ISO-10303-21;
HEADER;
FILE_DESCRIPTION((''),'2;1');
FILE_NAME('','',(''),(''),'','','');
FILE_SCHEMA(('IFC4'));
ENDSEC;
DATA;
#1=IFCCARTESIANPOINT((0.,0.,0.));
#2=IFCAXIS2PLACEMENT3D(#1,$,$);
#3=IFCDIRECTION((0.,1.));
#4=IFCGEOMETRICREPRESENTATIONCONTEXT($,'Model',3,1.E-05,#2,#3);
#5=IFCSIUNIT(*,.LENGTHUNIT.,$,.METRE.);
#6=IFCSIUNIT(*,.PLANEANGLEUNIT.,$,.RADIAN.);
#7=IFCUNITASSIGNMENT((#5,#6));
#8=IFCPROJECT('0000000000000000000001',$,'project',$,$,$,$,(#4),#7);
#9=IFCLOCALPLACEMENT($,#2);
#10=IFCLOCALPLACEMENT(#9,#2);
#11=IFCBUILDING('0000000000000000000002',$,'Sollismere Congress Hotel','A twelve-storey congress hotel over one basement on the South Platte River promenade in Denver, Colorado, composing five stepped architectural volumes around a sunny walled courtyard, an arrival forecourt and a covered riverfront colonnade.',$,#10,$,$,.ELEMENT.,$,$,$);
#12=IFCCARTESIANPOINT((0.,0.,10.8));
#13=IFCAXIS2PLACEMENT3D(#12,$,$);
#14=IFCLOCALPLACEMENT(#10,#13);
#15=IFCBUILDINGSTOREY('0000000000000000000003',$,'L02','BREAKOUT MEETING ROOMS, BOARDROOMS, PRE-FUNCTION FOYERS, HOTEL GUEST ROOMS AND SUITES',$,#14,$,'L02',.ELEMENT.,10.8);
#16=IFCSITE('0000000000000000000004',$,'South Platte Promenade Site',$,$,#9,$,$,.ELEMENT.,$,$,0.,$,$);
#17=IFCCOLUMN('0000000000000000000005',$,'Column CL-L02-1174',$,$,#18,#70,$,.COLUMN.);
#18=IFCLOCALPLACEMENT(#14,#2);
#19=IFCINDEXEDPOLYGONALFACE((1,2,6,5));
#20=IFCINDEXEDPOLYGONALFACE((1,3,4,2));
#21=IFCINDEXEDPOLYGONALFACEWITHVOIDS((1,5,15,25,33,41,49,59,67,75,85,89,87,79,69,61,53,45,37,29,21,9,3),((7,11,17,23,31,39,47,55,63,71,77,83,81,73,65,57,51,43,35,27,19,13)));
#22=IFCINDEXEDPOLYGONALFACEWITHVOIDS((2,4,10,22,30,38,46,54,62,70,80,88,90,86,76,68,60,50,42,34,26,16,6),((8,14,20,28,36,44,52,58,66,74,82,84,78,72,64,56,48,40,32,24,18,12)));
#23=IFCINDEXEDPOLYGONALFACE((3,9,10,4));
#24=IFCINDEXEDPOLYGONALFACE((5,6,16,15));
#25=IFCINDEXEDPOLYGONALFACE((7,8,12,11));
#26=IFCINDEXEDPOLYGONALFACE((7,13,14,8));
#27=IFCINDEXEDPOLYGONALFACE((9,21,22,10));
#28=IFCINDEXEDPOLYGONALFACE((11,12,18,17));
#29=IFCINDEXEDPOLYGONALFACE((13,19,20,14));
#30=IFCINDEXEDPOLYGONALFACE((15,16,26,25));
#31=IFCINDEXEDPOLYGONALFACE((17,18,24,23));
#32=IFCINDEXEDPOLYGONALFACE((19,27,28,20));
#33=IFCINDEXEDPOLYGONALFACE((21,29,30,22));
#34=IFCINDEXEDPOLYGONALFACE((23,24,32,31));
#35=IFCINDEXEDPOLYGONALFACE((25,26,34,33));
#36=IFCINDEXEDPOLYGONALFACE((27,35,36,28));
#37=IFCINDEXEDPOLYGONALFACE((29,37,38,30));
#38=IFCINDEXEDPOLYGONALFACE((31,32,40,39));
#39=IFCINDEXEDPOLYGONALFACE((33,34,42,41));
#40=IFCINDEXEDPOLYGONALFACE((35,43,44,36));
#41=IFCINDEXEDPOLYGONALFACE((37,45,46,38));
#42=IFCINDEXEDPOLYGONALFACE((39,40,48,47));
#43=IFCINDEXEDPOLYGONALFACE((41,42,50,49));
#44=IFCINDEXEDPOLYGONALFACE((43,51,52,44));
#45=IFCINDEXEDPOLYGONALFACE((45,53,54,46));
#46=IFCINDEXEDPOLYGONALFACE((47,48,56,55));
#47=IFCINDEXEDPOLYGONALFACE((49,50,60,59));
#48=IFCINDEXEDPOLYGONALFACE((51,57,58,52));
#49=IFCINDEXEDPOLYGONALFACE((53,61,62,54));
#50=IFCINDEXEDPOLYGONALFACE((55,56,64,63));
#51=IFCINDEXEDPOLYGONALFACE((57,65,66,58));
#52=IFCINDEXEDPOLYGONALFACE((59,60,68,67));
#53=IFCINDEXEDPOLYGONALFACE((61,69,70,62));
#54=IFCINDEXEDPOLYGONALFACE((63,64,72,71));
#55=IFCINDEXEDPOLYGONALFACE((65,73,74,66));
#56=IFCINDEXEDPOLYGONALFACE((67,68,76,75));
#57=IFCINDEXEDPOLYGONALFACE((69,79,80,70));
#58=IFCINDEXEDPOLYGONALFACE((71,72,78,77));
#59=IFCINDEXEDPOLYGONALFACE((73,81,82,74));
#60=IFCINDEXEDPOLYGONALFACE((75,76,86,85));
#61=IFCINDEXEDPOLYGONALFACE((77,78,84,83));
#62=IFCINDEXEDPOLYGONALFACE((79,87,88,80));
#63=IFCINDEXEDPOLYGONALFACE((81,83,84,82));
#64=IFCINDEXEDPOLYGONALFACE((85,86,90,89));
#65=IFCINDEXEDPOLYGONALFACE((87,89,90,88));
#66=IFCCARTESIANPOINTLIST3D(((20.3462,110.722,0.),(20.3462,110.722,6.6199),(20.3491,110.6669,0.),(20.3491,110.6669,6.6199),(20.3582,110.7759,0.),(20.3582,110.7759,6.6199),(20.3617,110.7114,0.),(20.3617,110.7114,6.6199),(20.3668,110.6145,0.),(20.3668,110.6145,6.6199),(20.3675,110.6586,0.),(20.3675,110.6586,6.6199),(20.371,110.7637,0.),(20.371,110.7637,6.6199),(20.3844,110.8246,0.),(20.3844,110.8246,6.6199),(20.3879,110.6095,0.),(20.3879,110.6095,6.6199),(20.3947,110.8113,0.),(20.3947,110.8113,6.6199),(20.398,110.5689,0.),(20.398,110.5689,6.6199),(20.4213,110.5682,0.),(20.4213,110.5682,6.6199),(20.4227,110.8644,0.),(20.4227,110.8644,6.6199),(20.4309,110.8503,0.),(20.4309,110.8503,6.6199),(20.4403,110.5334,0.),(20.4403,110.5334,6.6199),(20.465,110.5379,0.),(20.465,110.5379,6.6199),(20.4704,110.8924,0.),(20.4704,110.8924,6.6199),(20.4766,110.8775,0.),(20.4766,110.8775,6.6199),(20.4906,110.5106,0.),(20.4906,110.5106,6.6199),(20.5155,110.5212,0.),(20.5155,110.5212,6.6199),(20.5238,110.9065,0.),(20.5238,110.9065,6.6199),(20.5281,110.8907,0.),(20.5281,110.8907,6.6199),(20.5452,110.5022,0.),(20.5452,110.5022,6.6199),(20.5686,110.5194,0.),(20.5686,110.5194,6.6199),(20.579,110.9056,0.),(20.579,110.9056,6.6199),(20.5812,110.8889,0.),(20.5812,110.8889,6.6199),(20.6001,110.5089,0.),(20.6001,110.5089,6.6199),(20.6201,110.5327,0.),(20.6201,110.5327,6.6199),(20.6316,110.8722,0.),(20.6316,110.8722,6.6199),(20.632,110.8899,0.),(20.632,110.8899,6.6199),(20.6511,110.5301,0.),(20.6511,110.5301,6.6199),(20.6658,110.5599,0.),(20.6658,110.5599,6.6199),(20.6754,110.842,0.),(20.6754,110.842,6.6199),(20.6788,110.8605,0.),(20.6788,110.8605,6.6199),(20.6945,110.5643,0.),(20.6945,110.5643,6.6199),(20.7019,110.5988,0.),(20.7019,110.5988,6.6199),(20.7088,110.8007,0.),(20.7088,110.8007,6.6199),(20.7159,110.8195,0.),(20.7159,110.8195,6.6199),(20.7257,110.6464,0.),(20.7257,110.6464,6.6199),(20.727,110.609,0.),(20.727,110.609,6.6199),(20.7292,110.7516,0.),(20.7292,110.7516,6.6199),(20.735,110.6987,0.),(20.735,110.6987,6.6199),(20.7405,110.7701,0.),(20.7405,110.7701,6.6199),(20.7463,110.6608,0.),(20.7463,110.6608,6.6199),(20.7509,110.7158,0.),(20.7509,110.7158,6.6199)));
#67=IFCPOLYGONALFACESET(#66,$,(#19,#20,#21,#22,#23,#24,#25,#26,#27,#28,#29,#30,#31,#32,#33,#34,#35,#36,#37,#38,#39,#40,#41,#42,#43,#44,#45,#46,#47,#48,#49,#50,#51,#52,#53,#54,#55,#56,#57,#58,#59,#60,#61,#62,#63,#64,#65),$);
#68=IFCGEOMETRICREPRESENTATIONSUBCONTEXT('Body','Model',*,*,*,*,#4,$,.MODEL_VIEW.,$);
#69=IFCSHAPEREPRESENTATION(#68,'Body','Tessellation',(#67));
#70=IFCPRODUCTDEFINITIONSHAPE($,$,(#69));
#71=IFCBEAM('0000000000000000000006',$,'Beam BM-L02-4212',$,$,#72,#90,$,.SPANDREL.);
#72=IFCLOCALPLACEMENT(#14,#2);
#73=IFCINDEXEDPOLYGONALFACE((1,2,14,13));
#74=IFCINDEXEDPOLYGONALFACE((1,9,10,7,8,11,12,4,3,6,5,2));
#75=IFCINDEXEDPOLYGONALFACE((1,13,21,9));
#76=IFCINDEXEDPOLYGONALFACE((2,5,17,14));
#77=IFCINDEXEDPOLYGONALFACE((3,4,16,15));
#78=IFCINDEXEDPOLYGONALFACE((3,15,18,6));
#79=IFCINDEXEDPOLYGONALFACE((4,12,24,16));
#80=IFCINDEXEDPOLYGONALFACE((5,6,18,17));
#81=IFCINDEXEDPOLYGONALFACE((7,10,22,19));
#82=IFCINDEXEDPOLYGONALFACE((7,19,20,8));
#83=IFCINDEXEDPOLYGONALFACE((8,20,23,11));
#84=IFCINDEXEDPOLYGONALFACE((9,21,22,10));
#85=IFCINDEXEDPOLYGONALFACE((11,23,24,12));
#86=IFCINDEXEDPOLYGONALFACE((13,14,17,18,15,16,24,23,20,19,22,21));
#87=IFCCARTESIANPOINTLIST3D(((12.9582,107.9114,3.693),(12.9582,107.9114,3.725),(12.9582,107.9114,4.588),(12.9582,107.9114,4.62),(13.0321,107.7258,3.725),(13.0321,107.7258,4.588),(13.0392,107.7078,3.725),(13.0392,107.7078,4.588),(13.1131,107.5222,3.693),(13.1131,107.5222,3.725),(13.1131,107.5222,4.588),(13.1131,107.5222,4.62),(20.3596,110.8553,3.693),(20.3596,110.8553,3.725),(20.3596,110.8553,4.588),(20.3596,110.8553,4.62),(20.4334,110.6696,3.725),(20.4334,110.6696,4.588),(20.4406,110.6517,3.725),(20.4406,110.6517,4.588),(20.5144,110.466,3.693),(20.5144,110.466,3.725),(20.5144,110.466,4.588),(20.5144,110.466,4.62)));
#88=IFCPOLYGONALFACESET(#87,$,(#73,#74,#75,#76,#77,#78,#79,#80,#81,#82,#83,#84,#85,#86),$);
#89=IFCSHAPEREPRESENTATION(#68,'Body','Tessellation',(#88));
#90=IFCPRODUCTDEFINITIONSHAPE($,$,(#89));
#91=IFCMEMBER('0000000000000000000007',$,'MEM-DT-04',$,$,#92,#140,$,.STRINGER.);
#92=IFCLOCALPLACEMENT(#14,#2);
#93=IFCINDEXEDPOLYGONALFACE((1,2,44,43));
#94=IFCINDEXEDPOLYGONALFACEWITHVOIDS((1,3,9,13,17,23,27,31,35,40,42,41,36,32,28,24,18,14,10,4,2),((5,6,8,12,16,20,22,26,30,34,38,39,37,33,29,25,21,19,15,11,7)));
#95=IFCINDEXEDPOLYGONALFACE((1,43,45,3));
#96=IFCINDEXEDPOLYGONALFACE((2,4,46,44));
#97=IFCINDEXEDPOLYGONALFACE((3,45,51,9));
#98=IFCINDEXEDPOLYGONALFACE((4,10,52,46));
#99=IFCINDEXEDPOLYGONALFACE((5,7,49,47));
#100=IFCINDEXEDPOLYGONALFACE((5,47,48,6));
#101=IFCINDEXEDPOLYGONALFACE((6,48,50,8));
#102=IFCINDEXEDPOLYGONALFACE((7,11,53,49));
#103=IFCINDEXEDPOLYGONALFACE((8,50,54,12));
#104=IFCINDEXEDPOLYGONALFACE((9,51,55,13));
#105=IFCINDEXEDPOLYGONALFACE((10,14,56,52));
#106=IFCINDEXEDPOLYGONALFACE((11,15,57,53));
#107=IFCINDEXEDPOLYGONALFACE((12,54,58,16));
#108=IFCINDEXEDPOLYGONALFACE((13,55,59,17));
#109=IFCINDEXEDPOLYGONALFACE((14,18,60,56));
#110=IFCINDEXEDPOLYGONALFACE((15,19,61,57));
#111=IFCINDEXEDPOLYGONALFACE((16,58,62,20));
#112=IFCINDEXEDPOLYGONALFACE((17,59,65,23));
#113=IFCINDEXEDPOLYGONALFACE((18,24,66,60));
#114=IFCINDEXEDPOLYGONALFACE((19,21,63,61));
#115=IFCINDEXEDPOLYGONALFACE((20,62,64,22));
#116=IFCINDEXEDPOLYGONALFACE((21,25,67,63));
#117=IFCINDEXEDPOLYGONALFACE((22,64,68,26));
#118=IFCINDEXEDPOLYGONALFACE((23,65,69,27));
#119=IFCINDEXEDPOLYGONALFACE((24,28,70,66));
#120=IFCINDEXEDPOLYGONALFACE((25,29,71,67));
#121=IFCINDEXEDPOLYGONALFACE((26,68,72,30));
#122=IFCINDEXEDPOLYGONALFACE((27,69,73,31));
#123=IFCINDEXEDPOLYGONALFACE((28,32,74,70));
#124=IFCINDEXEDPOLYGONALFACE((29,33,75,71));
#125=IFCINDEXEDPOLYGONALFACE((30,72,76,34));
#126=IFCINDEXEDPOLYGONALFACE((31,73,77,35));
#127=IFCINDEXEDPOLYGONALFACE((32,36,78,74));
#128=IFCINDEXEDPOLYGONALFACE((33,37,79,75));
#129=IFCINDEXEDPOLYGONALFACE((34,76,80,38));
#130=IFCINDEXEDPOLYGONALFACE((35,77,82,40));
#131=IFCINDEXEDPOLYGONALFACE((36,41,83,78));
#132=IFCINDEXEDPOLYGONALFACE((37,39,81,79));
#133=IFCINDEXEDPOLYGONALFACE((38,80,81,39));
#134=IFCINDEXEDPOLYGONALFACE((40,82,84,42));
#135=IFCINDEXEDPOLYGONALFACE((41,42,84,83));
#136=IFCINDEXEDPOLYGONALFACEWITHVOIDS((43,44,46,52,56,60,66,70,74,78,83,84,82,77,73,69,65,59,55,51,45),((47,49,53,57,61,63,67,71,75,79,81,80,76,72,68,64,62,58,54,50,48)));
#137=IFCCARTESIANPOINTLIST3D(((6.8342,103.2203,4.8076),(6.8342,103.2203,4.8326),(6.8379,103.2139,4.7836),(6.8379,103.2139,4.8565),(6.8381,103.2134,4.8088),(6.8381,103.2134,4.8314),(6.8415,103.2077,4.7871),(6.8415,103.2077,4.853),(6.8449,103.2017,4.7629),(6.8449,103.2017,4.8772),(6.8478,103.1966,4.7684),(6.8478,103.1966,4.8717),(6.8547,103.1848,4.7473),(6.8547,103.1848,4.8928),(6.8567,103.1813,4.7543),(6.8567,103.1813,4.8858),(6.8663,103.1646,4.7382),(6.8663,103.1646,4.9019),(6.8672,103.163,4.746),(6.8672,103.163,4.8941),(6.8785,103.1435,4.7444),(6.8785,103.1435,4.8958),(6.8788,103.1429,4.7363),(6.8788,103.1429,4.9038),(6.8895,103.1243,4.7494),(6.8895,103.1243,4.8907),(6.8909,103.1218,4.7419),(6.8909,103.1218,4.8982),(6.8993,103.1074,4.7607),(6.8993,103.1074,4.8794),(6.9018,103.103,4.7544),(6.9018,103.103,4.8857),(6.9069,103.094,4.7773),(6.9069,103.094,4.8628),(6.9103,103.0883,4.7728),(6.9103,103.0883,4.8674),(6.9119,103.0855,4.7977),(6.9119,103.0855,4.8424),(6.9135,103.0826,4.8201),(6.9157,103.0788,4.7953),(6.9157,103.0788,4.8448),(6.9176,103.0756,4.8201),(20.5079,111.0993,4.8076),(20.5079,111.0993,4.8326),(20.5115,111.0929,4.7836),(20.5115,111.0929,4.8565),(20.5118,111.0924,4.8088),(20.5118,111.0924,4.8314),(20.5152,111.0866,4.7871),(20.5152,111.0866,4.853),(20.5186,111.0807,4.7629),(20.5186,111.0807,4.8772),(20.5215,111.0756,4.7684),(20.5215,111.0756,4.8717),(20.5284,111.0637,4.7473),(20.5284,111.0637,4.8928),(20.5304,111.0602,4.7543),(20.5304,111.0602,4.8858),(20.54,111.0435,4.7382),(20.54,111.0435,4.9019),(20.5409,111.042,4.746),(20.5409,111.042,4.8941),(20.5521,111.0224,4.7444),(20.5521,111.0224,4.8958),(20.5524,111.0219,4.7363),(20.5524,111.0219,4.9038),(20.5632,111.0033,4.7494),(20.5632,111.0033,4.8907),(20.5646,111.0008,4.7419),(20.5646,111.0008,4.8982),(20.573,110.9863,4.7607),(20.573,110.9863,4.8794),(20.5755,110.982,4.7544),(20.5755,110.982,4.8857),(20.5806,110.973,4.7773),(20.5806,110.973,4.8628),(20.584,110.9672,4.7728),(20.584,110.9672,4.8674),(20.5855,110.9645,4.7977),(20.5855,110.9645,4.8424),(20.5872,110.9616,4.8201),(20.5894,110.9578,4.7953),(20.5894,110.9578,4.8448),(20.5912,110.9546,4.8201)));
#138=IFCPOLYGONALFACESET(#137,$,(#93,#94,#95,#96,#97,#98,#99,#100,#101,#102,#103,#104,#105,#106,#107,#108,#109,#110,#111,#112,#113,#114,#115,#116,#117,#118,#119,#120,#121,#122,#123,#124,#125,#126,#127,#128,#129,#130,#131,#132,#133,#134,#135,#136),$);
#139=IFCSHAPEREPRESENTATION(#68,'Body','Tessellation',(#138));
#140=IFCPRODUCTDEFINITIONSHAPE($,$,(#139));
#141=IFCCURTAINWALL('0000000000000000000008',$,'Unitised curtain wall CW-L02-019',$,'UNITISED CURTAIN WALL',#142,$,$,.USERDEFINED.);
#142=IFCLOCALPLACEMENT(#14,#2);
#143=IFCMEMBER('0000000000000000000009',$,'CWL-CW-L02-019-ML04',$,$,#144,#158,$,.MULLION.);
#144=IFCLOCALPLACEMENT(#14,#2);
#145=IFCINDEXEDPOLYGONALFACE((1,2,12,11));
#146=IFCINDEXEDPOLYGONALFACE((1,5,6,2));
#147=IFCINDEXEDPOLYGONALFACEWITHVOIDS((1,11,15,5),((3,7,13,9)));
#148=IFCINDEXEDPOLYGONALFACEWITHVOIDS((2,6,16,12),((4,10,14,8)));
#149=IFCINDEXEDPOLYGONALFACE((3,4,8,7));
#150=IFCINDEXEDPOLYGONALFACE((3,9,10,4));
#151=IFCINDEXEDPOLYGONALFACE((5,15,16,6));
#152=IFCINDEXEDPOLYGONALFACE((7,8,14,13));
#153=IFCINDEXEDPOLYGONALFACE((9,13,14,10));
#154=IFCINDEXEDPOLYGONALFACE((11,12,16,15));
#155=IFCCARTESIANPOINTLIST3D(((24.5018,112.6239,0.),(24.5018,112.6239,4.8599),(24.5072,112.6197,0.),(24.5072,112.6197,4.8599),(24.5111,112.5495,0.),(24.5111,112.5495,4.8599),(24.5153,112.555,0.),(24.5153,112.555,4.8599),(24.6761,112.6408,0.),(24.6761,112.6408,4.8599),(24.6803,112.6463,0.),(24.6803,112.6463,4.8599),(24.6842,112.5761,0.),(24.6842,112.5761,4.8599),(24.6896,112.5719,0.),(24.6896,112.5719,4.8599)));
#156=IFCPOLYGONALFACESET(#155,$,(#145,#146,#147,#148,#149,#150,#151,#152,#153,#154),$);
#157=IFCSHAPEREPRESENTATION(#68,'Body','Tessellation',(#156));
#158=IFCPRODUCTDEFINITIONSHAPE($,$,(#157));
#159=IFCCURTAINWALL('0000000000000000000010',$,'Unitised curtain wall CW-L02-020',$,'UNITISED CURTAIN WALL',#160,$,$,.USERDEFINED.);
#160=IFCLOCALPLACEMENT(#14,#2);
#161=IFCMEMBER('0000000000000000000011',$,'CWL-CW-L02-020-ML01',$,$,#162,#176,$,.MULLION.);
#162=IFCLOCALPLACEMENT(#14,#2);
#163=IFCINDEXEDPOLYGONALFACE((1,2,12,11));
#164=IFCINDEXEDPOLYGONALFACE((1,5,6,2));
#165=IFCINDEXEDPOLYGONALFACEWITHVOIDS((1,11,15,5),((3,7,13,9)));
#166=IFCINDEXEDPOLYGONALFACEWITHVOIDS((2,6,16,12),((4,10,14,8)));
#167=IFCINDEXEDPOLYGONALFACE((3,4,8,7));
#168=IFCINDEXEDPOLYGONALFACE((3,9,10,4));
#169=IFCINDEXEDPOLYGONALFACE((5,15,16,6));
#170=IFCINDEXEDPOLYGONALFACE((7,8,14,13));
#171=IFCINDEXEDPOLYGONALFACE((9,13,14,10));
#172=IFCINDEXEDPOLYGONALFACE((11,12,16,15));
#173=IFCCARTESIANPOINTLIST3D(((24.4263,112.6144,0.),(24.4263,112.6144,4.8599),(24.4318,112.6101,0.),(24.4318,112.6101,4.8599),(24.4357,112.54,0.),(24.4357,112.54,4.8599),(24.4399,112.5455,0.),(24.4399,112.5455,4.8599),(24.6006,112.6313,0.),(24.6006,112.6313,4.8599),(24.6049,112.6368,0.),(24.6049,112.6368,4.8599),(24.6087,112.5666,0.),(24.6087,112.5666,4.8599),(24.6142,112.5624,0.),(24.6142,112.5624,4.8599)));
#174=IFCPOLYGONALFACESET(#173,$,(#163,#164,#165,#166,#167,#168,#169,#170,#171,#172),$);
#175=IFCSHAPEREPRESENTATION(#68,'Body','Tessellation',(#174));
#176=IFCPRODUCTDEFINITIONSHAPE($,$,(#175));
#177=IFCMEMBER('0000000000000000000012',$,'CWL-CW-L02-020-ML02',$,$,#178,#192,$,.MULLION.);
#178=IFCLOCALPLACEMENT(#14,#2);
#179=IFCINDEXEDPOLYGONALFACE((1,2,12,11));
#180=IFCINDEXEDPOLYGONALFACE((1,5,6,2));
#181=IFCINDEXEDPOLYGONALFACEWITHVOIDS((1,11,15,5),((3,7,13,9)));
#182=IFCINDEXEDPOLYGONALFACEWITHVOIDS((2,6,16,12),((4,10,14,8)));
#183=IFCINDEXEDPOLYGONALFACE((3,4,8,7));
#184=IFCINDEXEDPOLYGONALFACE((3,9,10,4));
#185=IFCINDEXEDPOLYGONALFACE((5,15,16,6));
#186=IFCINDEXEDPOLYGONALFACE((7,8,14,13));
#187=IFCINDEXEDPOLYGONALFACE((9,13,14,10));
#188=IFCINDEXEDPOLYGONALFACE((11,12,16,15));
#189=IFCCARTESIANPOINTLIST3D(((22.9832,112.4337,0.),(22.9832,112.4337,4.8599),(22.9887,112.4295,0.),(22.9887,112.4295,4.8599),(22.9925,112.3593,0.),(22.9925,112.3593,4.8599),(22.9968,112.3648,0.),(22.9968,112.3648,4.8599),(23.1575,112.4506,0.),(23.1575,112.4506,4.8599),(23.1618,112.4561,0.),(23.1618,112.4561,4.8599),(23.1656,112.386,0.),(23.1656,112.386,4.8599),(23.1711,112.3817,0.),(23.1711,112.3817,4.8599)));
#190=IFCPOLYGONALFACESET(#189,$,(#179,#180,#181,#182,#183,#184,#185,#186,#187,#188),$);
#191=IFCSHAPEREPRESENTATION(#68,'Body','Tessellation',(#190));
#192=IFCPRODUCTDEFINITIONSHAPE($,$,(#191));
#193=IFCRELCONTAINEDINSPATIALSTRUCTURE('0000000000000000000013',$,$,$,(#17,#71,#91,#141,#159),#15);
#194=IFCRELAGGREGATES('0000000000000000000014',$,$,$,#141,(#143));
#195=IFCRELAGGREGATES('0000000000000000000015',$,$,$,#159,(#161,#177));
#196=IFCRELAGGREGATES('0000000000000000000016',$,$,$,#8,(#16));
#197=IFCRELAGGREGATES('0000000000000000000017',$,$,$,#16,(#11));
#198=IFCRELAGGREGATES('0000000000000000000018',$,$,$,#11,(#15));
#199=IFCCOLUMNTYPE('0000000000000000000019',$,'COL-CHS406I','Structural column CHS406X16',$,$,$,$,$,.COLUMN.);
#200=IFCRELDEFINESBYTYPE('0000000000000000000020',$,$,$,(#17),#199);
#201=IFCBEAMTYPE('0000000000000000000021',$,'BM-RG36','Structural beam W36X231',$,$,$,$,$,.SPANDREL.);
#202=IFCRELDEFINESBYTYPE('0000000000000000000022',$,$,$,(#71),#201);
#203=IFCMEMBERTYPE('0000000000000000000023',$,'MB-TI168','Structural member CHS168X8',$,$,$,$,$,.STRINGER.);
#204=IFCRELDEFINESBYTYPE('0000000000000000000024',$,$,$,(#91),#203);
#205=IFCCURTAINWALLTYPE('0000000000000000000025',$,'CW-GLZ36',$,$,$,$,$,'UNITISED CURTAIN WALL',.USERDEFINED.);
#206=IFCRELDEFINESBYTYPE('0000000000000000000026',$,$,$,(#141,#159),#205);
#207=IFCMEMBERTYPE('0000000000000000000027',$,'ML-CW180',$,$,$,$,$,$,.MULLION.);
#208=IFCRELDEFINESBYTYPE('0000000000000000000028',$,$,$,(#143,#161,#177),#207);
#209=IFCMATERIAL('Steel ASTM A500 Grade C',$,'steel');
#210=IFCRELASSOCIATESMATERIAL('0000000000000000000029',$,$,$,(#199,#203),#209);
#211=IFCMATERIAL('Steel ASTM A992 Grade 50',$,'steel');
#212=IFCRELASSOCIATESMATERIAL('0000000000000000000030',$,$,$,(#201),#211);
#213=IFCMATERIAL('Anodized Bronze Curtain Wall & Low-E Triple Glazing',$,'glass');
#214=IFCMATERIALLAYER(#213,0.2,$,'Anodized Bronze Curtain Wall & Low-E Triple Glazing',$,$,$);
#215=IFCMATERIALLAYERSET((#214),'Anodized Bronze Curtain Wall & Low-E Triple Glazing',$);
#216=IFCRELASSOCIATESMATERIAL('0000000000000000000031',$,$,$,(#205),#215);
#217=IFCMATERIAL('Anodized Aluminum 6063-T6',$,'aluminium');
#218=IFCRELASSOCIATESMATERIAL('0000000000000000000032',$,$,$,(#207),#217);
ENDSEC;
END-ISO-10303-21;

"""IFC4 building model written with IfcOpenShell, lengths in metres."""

from ifc_helpers import new_model, si_unit, direction, frame, origin, origin_2d, place, context, subcontext, project, spatial, hollow_rectangle, hollow_circle, i_section, extrude, material, layer, layer_set, material_profile, profile_set, type_object, element, aggregate, save


model = new_model("IFC4")

# Units and contexts
model_context = context("Model", 3, precision=1e-05, world=origin(), true_north=direction((0.0, 1.0)))
body_context = subcontext(model_context, "Body", "Model", "MODEL_VIEW")
ifc_project = project(units=[si_unit("LENGTHUNIT", "METRE"), si_unit("PLANEANGLEUNIT", "RADIAN")], contexts=[model_context])

# Site, building, storey
site_placement = place(None, origin())
site = spatial("IfcSite", under=ifc_project, at=site_placement, Name="South Platte Promenade Site", CompositionType="ELEMENT", RefElevation=0.0)
building_placement = place(site_placement, origin())
building = spatial("IfcBuilding", under=site, at=building_placement, Name="Sollismere Congress Hotel", Description="A twelve-storey congress hotel over one basement on the South Platte River promenade in Denver, Colorado, composing five stepped architectural volumes around a sunny walled courtyard, an arrival forecourt and a covered riverfront colonnade.", CompositionType="ELEMENT")
storey_placement = place(building_placement, frame((0.0, 0.0, 10.8)))
storey = spatial("IfcBuildingStorey", under=building, at=storey_placement, Name="L02", Description="BREAKOUT MEETING ROOMS, BOARDROOMS, PRE-FUNCTION FOYERS, HOTEL GUEST ROOMS AND SUITES", LongName="L02", CompositionType="ELEMENT", Elevation=10.8)

# Column
ifc_material_1 = material(Name="Steel ASTM A500 Grade C", Category="steel")
ifc_material_profile_1 = material_profile(ifc_material_1, hollow_circle(Radius=0.2029, WallThickness=0.0161, at=origin_2d()), Name="CHS406X16")
ifc_profile_set_1 = profile_set([ifc_material_profile_1], Name="Steel ASTM A500 Grade C")
column_type = type_object("IfcColumnType", Name="COL-CHS406I", Description="Structural column CHS406X16", PredefinedType="COLUMN", material=ifc_profile_set_1)
column_placement = place(storey_placement, frame((20.5483, 110.7051, 0.0), z_axis=(0.0, 0.0, 1.0), x_axis=(-0.384295, 0.92321, 0.0)))
element("IfcColumn", 1, at=column_placement, inside=storey, type_object=column_type, Name="Column CL-L02-1174", PredefinedType="COLUMN", context=body_context, shape_type="SweptSolid", body=[
    extrude(hollow_circle(Radius=0.2029, WallThickness=0.0161, at=origin_2d()), origin(), (0.0, 0.0, 1.0), 6.6199),
])

# Beam
ifc_material_2 = material(Name="Steel ASTM A992 Grade 50", Category="steel")
ifc_material_profile_2 = material_profile(ifc_material_2, i_section(OverallWidth=0.4189, OverallDepth=0.927, WebThickness=0.0193, FlangeThickness=0.032, at=origin_2d()), Name="W36X231")
ifc_profile_set_2 = profile_set([ifc_material_profile_2], Name="Steel ASTM A992 Grade 50")
beam_type = type_object("IfcBeamType", Name="BM-RG36", Description="Structural beam W36X231", PredefinedType="SPANDREL", material=ifc_profile_set_2)
beam_placement = place(storey_placement, frame((20.437, 110.6606, 4.1565), z_axis=(-0.929198, -0.369583, 0.0), x_axis=(0.369583, -0.929198, 0.0)))
element("IfcBeam", 2, at=beam_placement, inside=storey, type_object=beam_type, Name="Beam BM-L02-4212", PredefinedType="SPANDREL", context=body_context, shape_type="SweptSolid", body=[
    extrude(i_section(OverallWidth=0.4189, OverallDepth=0.927, WebThickness=0.0193, FlangeThickness=0.032, at=origin_2d()), origin(), (0.0, 0.0, 1.0), 7.9653),
])

# Member
ifc_material_profile_3 = material_profile(ifc_material_1, hollow_circle(Radius=0.084, WallThickness=0.0081, at=origin_2d()), Name="CHS168X8")
ifc_profile_set_3 = profile_set([ifc_material_profile_3], Name="Steel ASTM A500 Grade C")
member_type_1 = type_object("IfcMemberType", Name="MB-TI168", Description="Structural member CHS168X8", PredefinedType="STRINGER", material=ifc_profile_set_3)
member_1_placement = place(storey_placement, frame((20.5493, 111.0273, 4.8201), z_axis=(-0.866452, -0.499261, 0.0), x_axis=(0.499261, -0.866452, 0.0)))
element("IfcMember", 3, at=member_1_placement, inside=storey, type_object=member_type_1, Name="MEM-DT-04", PredefinedType="STRINGER", context=body_context, shape_type="SweptSolid", body=[
    extrude(hollow_circle(Radius=0.084, WallThickness=0.0081, at=origin_2d()), origin(), (0.0, 0.0, 1.0), 15.7812),
])

# Curtain wall, member
ifc_material_3 = material(Name="Anodized Bronze Curtain Wall & Low-E Triple Glazing", Category="glass")
ifc_layer_1 = layer(ifc_material_3, 0.2, Name="Anodized Bronze Curtain Wall & Low-E Triple Glazing")
ifc_layer_set_1 = layer_set([ifc_layer_1], Name="Anodized Bronze Curtain Wall & Low-E Triple Glazing")
curtain_wall_type = type_object("IfcCurtainWallType", Name="CW-GLZ36", ElementType="UNITISED CURTAIN WALL", PredefinedType="USERDEFINED", material=ifc_layer_set_1)
curtain_wall_1_placement = place(storey_placement, origin())
curtain_wall_1 = element("IfcCurtainWall", 4, at=curtain_wall_1_placement, inside=storey, type_object=curtain_wall_type, Name="Unitised curtain wall CW-L02-019", ObjectType="UNITISED CURTAIN WALL", PredefinedType="USERDEFINED")
ifc_material_4 = material(Name="Anodized Aluminum 6063-T6", Category="aluminium")
ifc_material_profile_4 = material_profile(ifc_material_4, hollow_rectangle(XDim=0.075, YDim=0.1799, WallThickness=0.0049, at=origin_2d()), Name="ALU180X75X5")
ifc_profile_set_4 = profile_set([ifc_material_profile_4], Name="Anodized Aluminum 6063-T6")
member_type_2 = type_object("IfcMemberType", Name="ML-CW180", PredefinedType="MULLION", material=ifc_profile_set_4)
member_2_placement = place(storey_placement, frame((24.5957, 112.5979, 0.0), z_axis=(0.0, 0.0, 1.0), x_axis=(0.124363, -0.992237, 0.0)))
member_2 = element("IfcMember", 5, at=member_2_placement, type_object=member_type_2, Name="CWL-CW-L02-019-ML04", PredefinedType="MULLION", context=body_context, shape_type="SweptSolid", body=[
    extrude(hollow_rectangle(XDim=0.075, YDim=0.1799, WallThickness=0.0049, at=origin_2d()), origin(), (0.0, 0.0, 1.0), 4.8599),
])

# Curtain wall, members
curtain_wall_2_placement = place(storey_placement, origin())
curtain_wall_2 = element("IfcCurtainWall", 6, at=curtain_wall_2_placement, inside=storey, type_object=curtain_wall_type, Name="Unitised curtain wall CW-L02-020", ObjectType="UNITISED CURTAIN WALL", PredefinedType="USERDEFINED")
member_3_placement = place(storey_placement, frame((24.5203, 112.5884, 0.0), z_axis=(0.0, 0.0, 1.0), x_axis=(0.124363, -0.992237, 0.0)))
member_3 = element("IfcMember", 7, at=member_3_placement, type_object=member_type_2, Name="CWL-CW-L02-020-ML01", PredefinedType="MULLION", context=body_context, shape_type="SweptSolid", body=[
    extrude(hollow_rectangle(XDim=0.075, YDim=0.1799, WallThickness=0.0049, at=origin_2d()), origin(), (0.0, 0.0, 1.0), 4.8599),
])
member_4_placement = place(storey_placement, frame((23.0771, 112.4077, 0.0), z_axis=(0.0, 0.0, 1.0), x_axis=(0.124363, -0.992237, 0.0)))
member_4 = element("IfcMember", 8, at=member_4_placement, type_object=member_type_2, Name="CWL-CW-L02-020-ML02", PredefinedType="MULLION", context=body_context, shape_type="SweptSolid", body=[
    extrude(hollow_rectangle(XDim=0.075, YDim=0.1799, WallThickness=0.0049, at=origin_2d()), origin(), (0.0, 0.0, 1.0), 4.8599),
])

aggregate(curtain_wall_1, [member_2])
aggregate(curtain_wall_2, [member_3, member_4])

save(model, "model.ifc")
